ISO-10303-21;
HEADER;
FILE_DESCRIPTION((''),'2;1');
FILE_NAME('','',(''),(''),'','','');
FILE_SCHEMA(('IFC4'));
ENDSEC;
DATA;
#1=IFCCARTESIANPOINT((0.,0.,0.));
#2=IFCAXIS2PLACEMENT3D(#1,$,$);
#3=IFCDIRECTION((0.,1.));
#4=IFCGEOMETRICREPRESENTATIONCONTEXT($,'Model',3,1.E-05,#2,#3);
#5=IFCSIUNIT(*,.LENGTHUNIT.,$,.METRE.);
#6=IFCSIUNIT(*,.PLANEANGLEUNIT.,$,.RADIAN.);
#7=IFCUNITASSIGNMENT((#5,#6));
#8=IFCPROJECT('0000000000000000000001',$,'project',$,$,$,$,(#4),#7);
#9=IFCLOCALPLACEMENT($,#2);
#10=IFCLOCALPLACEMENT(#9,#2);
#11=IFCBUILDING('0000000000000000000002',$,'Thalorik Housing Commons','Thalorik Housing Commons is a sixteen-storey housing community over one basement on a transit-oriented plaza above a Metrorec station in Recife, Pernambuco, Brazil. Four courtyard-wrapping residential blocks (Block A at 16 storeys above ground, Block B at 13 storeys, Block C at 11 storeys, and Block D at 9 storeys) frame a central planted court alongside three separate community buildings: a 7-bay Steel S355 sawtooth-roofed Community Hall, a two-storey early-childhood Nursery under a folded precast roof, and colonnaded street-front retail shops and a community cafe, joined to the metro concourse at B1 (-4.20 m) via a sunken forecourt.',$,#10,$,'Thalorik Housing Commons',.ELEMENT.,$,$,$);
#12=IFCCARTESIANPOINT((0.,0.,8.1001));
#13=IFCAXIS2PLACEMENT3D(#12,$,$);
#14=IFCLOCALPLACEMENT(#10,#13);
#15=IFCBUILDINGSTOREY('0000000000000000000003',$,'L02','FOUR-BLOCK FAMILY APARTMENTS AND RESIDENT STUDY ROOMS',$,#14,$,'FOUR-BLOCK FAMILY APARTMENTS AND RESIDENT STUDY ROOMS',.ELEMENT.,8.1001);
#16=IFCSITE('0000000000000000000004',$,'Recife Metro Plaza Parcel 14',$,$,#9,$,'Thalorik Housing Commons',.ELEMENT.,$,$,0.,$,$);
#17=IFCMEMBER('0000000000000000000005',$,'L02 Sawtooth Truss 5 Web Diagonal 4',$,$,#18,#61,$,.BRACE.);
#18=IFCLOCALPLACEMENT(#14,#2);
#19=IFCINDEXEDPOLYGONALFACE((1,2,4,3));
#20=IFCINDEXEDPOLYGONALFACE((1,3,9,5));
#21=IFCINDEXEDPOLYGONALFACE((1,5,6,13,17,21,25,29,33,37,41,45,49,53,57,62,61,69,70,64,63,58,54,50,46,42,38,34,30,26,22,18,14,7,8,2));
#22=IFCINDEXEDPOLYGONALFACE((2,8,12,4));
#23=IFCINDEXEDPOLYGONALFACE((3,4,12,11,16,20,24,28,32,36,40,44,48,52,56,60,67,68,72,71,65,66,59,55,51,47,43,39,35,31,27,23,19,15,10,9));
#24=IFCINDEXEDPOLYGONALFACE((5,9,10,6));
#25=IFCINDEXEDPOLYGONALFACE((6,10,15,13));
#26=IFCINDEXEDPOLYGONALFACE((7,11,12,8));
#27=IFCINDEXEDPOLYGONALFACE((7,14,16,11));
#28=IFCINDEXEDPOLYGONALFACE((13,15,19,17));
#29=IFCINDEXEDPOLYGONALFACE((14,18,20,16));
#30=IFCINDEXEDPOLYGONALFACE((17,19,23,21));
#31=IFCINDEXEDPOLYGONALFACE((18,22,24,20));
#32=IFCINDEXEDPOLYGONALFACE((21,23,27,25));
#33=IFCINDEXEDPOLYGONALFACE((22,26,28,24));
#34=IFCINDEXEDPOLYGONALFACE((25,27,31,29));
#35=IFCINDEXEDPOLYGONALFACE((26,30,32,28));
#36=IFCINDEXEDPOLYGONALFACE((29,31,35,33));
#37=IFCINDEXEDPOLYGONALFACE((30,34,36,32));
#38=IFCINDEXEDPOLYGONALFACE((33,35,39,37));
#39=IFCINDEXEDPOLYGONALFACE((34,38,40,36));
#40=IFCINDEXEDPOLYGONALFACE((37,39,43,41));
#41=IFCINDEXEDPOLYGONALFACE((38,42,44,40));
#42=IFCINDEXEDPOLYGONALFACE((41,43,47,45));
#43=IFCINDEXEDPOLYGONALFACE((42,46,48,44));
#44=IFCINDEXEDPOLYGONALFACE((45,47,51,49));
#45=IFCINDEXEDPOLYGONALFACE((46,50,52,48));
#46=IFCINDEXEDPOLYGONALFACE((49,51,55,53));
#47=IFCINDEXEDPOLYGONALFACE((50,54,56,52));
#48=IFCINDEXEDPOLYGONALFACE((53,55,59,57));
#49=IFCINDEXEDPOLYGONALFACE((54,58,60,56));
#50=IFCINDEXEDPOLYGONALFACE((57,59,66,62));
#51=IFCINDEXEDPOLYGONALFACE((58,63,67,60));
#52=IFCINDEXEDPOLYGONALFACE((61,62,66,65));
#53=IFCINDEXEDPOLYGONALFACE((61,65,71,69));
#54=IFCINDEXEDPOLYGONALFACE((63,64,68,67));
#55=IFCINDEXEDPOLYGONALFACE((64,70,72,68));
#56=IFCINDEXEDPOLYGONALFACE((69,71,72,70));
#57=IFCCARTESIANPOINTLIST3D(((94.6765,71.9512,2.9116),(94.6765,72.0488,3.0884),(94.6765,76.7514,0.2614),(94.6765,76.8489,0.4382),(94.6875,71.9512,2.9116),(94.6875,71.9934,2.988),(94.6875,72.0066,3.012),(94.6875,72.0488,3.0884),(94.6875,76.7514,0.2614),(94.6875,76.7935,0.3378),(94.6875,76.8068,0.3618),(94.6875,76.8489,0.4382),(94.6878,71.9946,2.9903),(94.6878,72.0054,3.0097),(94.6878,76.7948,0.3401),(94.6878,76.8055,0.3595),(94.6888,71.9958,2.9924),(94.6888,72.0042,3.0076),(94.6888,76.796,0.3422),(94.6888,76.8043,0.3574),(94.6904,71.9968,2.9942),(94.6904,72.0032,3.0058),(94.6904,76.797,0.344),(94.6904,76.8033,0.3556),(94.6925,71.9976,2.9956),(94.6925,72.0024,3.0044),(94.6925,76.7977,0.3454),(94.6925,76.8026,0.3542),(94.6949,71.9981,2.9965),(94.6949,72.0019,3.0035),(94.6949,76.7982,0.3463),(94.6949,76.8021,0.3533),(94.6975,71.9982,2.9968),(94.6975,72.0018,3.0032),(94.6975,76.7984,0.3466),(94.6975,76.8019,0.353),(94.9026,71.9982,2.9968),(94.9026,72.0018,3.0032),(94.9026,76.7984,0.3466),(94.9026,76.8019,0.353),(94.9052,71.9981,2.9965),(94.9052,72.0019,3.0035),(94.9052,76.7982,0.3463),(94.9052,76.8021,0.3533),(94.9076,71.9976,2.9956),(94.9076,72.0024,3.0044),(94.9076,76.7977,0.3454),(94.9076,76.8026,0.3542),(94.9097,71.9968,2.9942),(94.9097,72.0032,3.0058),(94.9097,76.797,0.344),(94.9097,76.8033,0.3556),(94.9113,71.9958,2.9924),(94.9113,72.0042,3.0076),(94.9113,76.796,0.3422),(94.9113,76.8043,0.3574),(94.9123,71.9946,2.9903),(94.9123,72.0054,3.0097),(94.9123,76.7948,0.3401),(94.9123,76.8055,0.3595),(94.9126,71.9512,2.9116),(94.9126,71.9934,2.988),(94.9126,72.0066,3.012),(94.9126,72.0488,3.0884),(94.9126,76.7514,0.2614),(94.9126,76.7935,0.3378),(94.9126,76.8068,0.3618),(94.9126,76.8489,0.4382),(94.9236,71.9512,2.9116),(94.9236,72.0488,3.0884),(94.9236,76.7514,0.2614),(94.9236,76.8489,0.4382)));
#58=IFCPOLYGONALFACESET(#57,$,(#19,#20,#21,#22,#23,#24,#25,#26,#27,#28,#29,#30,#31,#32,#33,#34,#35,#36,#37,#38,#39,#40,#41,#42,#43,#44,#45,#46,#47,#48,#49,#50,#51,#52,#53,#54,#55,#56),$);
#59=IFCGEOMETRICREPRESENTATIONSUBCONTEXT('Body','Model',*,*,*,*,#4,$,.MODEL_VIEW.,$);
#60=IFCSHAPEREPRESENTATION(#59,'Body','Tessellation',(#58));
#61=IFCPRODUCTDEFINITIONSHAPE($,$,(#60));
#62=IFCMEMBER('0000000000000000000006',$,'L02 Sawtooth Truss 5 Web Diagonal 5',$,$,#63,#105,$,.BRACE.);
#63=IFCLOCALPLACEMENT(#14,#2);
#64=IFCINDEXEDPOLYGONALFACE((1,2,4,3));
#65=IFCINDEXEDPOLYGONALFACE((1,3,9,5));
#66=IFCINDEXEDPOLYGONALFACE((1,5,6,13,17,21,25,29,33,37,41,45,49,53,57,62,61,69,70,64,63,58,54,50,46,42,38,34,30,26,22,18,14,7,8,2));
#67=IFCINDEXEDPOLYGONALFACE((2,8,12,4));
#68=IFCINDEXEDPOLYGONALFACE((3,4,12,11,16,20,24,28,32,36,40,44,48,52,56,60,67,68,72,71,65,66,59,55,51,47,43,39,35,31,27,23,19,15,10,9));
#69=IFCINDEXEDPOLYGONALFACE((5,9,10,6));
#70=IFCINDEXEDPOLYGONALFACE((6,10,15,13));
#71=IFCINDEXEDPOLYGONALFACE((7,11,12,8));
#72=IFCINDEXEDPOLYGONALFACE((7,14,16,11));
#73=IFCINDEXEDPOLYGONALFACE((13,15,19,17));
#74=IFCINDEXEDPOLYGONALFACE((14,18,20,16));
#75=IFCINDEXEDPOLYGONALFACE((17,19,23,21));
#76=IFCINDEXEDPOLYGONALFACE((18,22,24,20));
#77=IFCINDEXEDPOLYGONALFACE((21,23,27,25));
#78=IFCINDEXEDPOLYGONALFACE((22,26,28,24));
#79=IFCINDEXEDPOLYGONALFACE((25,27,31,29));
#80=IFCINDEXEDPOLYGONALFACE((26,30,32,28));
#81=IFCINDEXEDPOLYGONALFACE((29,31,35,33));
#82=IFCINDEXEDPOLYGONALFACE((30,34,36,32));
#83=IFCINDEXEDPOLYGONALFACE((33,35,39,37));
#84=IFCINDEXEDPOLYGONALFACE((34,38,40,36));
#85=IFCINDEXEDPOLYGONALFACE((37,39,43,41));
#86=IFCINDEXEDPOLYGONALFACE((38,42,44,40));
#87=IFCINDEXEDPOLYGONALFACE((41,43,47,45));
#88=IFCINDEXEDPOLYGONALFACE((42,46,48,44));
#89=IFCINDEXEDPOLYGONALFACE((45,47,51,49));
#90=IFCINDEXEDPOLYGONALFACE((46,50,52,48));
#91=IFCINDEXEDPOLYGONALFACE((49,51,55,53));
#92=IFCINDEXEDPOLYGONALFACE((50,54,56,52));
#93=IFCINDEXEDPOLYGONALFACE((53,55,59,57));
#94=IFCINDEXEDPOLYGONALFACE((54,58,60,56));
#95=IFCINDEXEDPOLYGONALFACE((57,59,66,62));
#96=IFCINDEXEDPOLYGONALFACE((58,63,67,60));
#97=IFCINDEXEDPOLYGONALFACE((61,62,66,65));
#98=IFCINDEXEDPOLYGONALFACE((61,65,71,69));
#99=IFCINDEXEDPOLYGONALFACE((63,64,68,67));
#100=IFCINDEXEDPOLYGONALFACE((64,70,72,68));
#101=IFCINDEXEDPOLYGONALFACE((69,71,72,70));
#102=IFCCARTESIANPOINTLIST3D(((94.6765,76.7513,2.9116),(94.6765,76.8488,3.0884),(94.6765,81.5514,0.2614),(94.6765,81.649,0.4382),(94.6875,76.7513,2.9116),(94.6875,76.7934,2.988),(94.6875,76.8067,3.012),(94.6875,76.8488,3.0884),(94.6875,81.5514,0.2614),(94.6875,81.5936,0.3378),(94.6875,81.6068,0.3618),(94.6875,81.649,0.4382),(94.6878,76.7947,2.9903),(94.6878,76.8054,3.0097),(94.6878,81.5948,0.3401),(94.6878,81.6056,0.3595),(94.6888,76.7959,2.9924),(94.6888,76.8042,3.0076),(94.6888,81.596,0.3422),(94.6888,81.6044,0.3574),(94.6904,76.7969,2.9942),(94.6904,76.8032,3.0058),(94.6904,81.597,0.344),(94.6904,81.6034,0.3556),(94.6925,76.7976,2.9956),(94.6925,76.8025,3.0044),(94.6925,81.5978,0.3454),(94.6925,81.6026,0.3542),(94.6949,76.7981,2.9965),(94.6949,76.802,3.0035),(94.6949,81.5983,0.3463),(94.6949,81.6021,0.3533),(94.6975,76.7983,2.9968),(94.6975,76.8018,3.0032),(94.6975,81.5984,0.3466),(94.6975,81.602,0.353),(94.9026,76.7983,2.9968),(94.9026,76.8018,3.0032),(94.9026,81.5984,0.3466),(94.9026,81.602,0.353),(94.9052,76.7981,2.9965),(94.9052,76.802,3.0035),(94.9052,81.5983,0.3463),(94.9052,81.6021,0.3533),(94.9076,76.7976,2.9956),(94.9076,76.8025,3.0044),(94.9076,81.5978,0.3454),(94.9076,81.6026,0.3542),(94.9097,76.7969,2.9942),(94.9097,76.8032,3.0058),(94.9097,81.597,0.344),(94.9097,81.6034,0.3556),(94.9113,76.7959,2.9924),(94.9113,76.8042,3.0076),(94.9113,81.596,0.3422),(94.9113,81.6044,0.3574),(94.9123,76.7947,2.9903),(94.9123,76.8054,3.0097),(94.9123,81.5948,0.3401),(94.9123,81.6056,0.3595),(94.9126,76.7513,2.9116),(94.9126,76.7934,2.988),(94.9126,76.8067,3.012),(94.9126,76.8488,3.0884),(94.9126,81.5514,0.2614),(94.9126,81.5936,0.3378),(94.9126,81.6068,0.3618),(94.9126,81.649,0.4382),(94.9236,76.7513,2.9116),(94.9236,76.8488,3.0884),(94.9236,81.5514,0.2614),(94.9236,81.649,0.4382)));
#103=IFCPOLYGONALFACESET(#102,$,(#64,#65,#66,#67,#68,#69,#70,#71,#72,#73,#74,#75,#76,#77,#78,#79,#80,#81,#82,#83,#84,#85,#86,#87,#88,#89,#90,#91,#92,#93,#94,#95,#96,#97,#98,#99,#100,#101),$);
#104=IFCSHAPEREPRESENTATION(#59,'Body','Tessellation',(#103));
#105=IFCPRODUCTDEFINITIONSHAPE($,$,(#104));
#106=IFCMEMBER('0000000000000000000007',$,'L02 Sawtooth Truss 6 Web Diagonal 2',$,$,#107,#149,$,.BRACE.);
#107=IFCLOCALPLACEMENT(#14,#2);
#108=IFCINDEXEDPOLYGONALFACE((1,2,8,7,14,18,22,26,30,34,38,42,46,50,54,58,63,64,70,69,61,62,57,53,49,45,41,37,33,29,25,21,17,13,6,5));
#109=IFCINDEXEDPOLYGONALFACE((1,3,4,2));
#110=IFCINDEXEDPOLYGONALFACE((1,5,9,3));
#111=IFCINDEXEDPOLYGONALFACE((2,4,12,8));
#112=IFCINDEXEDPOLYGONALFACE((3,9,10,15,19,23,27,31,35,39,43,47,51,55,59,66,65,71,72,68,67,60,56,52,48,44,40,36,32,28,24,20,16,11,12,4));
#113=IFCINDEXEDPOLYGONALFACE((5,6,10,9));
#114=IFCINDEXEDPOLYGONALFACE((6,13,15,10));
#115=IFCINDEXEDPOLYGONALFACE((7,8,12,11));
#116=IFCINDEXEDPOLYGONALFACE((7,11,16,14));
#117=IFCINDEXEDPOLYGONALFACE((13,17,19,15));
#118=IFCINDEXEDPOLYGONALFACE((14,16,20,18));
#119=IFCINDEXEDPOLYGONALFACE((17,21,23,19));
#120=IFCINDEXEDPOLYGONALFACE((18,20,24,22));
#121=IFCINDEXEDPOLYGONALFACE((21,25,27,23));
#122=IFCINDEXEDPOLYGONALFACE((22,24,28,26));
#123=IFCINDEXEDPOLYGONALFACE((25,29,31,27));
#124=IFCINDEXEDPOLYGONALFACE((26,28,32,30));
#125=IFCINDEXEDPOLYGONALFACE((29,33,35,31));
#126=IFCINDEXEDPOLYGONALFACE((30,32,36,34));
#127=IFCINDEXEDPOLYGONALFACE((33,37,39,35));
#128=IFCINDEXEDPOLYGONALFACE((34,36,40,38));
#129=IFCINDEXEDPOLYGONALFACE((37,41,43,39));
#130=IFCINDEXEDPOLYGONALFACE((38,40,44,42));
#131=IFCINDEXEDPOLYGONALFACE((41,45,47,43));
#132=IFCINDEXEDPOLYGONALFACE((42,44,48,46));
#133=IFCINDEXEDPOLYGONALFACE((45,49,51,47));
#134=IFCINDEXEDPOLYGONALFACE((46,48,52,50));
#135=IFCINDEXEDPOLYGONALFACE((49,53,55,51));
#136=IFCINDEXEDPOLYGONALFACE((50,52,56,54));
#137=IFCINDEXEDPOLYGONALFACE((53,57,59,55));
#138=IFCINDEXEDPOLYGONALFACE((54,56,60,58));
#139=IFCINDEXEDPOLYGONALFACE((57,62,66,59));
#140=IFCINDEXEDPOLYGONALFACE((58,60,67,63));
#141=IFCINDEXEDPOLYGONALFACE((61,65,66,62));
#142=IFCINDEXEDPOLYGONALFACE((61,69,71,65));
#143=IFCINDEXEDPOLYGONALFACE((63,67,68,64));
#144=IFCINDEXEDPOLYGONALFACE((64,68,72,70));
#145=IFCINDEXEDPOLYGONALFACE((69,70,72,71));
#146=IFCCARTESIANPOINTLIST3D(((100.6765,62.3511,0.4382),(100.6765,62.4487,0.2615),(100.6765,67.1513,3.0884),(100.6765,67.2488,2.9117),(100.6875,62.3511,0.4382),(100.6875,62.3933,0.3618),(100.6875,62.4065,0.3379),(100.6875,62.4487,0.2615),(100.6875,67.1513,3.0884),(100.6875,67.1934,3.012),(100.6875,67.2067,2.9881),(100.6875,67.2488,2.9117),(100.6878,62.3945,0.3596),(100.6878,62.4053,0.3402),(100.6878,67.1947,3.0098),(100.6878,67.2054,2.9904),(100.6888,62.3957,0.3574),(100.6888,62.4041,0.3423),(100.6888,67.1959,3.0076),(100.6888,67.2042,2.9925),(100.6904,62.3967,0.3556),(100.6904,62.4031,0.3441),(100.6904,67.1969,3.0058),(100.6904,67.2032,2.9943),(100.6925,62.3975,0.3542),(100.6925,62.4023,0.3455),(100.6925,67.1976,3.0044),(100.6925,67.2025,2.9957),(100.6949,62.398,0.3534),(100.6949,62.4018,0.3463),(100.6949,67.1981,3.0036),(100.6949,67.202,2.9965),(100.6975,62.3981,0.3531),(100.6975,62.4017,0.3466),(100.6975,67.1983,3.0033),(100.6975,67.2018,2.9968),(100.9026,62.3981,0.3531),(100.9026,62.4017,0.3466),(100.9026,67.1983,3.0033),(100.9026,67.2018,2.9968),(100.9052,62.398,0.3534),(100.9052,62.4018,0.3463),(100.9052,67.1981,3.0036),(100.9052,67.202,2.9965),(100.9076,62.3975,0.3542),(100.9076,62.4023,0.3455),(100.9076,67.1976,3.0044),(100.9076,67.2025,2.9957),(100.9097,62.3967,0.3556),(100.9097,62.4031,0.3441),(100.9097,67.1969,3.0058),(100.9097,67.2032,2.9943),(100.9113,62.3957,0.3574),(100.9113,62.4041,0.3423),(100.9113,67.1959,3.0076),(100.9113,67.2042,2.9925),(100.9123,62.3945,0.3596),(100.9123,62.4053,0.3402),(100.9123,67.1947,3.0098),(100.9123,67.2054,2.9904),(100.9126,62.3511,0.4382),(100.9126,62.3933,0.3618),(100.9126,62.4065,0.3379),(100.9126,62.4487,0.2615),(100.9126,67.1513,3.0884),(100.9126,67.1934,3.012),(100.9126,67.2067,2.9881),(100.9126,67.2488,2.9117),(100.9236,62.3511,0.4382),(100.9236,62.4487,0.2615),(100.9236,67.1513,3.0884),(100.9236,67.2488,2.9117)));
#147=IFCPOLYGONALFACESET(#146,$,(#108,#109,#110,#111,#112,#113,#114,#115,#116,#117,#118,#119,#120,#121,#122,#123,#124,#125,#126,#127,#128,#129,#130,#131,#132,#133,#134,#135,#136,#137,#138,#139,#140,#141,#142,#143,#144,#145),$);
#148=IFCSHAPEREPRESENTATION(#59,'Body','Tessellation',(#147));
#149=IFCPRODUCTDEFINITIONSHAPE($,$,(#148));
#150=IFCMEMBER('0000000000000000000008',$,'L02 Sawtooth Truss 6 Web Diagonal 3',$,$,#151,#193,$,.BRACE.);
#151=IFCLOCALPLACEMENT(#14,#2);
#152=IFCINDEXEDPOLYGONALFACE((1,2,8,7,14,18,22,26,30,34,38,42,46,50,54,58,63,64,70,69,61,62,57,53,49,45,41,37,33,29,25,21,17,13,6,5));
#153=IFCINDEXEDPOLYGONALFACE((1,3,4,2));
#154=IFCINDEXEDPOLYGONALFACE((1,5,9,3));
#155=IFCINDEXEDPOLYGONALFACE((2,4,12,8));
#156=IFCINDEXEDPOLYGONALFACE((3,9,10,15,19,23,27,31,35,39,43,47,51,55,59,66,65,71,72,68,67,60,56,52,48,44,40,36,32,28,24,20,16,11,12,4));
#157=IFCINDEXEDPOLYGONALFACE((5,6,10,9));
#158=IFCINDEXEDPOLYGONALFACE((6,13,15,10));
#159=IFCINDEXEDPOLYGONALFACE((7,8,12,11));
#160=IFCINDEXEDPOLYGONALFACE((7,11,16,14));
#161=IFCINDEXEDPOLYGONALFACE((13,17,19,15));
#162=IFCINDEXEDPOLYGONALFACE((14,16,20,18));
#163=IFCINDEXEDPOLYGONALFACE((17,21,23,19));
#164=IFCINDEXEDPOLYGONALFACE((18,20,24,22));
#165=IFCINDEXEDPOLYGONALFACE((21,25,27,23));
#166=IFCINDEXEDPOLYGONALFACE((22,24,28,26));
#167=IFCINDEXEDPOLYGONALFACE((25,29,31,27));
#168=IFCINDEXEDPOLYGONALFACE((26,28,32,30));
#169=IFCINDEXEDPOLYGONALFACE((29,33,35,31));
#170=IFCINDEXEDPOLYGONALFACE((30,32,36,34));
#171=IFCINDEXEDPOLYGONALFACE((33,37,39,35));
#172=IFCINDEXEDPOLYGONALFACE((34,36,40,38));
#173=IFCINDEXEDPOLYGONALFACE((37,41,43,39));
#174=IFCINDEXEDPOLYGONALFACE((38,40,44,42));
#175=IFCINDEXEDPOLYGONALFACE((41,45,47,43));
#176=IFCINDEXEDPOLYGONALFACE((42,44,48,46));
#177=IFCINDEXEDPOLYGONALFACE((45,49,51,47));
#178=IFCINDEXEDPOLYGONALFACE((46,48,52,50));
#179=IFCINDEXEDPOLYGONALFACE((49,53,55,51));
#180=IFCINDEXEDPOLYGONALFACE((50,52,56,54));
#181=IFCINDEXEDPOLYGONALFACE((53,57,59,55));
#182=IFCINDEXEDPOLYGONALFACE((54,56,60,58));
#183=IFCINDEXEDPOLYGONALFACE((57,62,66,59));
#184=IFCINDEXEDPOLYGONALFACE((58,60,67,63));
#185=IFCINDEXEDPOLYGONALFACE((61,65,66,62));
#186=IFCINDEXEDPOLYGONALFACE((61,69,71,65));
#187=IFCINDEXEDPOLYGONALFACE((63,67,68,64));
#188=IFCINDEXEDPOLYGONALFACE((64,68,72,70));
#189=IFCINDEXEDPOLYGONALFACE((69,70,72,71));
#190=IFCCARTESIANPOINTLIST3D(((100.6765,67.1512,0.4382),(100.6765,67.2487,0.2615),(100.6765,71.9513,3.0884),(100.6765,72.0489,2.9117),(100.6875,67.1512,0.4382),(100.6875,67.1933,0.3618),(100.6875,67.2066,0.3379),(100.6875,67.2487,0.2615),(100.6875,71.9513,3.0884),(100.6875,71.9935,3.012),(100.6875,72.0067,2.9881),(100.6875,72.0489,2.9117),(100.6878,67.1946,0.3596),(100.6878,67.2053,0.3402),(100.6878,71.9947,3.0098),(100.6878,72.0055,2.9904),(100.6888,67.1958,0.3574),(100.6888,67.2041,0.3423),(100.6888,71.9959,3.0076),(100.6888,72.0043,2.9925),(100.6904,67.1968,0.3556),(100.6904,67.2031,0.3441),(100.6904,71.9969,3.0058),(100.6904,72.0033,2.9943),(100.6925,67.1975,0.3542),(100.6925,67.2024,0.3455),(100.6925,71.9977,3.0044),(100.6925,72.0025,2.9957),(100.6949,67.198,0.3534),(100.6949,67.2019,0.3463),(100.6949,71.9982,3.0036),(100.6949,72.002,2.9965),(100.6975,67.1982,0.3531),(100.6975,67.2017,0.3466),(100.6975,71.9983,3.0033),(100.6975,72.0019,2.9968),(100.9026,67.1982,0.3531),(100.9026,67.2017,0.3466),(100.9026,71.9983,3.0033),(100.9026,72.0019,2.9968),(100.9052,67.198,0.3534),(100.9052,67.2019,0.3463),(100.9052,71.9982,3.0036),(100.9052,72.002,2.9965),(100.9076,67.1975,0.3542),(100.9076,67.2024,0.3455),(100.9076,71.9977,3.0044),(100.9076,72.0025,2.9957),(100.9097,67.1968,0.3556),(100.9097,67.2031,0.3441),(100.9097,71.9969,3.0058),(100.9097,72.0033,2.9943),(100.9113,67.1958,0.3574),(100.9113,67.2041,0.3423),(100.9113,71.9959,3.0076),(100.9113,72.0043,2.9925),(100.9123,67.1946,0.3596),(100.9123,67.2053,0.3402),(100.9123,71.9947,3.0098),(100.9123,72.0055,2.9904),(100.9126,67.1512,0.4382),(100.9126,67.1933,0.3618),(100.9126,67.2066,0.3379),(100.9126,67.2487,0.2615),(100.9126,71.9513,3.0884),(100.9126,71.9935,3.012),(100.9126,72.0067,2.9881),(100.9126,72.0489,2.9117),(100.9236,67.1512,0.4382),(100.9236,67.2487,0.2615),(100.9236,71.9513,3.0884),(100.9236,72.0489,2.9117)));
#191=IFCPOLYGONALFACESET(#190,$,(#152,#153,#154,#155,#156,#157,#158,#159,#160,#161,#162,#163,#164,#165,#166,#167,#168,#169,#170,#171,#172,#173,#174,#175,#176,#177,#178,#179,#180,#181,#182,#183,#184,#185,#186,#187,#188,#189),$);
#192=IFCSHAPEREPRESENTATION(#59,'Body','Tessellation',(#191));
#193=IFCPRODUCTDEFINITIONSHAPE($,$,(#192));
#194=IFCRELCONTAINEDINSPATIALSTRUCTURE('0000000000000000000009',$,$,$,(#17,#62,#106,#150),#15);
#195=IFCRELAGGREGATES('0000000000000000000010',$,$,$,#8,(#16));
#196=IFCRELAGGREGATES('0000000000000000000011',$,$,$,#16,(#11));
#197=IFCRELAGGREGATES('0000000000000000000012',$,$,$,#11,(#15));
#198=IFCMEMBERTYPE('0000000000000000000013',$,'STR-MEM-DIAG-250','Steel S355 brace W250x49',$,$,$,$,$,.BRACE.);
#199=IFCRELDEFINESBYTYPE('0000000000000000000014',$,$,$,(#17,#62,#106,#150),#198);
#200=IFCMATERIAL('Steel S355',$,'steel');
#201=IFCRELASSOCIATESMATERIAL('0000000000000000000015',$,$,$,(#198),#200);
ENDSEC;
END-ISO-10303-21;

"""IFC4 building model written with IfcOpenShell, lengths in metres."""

from ifc_helpers import new_model, si_unit, direction, frame, origin, origin_2d, place, context, subcontext, project, spatial, i_section, extrude, material, material_profile, profile_set, type_object, element, save


model = new_model("IFC4")

# Units and contexts
model_context = context("Model", 3, precision=1e-05, world=origin(), true_north=direction((0.0, 1.0)))
body_context = subcontext(model_context, "Body", "Model", "MODEL_VIEW")
ifc_project = project(units=[si_unit("LENGTHUNIT", "METRE"), si_unit("PLANEANGLEUNIT", "RADIAN")], contexts=[model_context])

# Site, building, storey
site_placement = place(None, origin())
site = spatial("IfcSite", under=ifc_project, at=site_placement, Name="Recife Metro Plaza Parcel 14", LongName="Thalorik Housing Commons", CompositionType="ELEMENT", RefElevation=0.0)
building_placement = place(site_placement, origin())
building = spatial("IfcBuilding", under=site, at=building_placement, Name="Thalorik Housing Commons", Description="Thalorik Housing Commons is a sixteen-storey housing community over one basement on a transit-oriented plaza above a Metrorec station in Recife, Pernambuco, Brazil. Four courtyard-wrapping residential blocks (Block A at 16 storeys above ground, Block B at 13 storeys, Block C at 11 storeys, and Block D at 9 storeys) frame a central planted court alongside three separate community buildings: a 7-bay Steel S355 sawtooth-roofed Community Hall, a two-storey early-childhood Nursery under a folded precast roof, and colonnaded street-front retail shops and a community cafe, joined to the metro concourse at B1 (-4.20 m) via a sunken forecourt.", LongName="Thalorik Housing Commons", CompositionType="ELEMENT")
storey_placement = place(building_placement, frame((0.0, 0.0, 8.1001)))
storey = spatial("IfcBuildingStorey", under=building, at=storey_placement, Name="L02", Description="FOUR-BLOCK FAMILY APARTMENTS AND RESIDENT STUDY ROOMS", LongName="FOUR-BLOCK FAMILY APARTMENTS AND RESIDENT STUDY ROOMS", CompositionType="ELEMENT", Elevation=8.1001)

# Shared definitions
ifc_material_1 = material(Name="Steel S355", Category="steel")

# Members
ifc_material_profile_1 = material_profile(ifc_material_1, i_section(OverallWidth=0.2019, OverallDepth=0.2471, WebThickness=0.0073, FlangeThickness=0.011, FilletRadius=0.01, at=origin_2d()), Name="W250x49", Category="steel")
ifc_profile_set_1 = profile_set([ifc_material_profile_1], Name="Steel S355")
member_type_1 = type_object("IfcMemberType", Name="STR-MEM-DIAG-250", Description="Steel S355 brace W250x49", PredefinedType="BRACE", material=ifc_profile_set_1)
for number, where, z_axis, x_axis, name in (
    (1, (94.8, 72.0, 3.0), (0.0, 0.875435, -0.483335), (0.0, 0.483335, 0.875435), "L02 Sawtooth Truss 5 Web Diagonal 4"),
    (2, (94.8, 76.8, 3.0), (0.0, 0.875435, -0.483335), (0.0, 0.483335, 0.875435), "L02 Sawtooth Truss 5 Web Diagonal 5"),
    (3, (100.8, 62.3999, 0.3499), (0.0, 0.875435, 0.483335), (0.0, -0.483335, 0.875435), "L02 Sawtooth Truss 6 Web Diagonal 2"),
    (4, (100.8, 67.2, 0.3499), (0.0, 0.875435, 0.483335), (0.0, -0.483335, 0.875435), "L02 Sawtooth Truss 6 Web Diagonal 3"),
):
    element("IfcMember", number, at=place(storey_placement, frame(where, z_axis=z_axis, x_axis=x_axis)), inside=storey, type_object=member_type_1, Name=name, PredefinedType="BRACE", context=body_context, shape_type="SweptSolid", body=[
        extrude(i_section(OverallWidth=0.2019, OverallDepth=0.2471, WebThickness=0.0073, FlangeThickness=0.011, FilletRadius=0.01, at=origin_2d()), origin(), (0.0, 0.0, 1.0), 5.4832),
    ])

save(model, "model.ifc")
